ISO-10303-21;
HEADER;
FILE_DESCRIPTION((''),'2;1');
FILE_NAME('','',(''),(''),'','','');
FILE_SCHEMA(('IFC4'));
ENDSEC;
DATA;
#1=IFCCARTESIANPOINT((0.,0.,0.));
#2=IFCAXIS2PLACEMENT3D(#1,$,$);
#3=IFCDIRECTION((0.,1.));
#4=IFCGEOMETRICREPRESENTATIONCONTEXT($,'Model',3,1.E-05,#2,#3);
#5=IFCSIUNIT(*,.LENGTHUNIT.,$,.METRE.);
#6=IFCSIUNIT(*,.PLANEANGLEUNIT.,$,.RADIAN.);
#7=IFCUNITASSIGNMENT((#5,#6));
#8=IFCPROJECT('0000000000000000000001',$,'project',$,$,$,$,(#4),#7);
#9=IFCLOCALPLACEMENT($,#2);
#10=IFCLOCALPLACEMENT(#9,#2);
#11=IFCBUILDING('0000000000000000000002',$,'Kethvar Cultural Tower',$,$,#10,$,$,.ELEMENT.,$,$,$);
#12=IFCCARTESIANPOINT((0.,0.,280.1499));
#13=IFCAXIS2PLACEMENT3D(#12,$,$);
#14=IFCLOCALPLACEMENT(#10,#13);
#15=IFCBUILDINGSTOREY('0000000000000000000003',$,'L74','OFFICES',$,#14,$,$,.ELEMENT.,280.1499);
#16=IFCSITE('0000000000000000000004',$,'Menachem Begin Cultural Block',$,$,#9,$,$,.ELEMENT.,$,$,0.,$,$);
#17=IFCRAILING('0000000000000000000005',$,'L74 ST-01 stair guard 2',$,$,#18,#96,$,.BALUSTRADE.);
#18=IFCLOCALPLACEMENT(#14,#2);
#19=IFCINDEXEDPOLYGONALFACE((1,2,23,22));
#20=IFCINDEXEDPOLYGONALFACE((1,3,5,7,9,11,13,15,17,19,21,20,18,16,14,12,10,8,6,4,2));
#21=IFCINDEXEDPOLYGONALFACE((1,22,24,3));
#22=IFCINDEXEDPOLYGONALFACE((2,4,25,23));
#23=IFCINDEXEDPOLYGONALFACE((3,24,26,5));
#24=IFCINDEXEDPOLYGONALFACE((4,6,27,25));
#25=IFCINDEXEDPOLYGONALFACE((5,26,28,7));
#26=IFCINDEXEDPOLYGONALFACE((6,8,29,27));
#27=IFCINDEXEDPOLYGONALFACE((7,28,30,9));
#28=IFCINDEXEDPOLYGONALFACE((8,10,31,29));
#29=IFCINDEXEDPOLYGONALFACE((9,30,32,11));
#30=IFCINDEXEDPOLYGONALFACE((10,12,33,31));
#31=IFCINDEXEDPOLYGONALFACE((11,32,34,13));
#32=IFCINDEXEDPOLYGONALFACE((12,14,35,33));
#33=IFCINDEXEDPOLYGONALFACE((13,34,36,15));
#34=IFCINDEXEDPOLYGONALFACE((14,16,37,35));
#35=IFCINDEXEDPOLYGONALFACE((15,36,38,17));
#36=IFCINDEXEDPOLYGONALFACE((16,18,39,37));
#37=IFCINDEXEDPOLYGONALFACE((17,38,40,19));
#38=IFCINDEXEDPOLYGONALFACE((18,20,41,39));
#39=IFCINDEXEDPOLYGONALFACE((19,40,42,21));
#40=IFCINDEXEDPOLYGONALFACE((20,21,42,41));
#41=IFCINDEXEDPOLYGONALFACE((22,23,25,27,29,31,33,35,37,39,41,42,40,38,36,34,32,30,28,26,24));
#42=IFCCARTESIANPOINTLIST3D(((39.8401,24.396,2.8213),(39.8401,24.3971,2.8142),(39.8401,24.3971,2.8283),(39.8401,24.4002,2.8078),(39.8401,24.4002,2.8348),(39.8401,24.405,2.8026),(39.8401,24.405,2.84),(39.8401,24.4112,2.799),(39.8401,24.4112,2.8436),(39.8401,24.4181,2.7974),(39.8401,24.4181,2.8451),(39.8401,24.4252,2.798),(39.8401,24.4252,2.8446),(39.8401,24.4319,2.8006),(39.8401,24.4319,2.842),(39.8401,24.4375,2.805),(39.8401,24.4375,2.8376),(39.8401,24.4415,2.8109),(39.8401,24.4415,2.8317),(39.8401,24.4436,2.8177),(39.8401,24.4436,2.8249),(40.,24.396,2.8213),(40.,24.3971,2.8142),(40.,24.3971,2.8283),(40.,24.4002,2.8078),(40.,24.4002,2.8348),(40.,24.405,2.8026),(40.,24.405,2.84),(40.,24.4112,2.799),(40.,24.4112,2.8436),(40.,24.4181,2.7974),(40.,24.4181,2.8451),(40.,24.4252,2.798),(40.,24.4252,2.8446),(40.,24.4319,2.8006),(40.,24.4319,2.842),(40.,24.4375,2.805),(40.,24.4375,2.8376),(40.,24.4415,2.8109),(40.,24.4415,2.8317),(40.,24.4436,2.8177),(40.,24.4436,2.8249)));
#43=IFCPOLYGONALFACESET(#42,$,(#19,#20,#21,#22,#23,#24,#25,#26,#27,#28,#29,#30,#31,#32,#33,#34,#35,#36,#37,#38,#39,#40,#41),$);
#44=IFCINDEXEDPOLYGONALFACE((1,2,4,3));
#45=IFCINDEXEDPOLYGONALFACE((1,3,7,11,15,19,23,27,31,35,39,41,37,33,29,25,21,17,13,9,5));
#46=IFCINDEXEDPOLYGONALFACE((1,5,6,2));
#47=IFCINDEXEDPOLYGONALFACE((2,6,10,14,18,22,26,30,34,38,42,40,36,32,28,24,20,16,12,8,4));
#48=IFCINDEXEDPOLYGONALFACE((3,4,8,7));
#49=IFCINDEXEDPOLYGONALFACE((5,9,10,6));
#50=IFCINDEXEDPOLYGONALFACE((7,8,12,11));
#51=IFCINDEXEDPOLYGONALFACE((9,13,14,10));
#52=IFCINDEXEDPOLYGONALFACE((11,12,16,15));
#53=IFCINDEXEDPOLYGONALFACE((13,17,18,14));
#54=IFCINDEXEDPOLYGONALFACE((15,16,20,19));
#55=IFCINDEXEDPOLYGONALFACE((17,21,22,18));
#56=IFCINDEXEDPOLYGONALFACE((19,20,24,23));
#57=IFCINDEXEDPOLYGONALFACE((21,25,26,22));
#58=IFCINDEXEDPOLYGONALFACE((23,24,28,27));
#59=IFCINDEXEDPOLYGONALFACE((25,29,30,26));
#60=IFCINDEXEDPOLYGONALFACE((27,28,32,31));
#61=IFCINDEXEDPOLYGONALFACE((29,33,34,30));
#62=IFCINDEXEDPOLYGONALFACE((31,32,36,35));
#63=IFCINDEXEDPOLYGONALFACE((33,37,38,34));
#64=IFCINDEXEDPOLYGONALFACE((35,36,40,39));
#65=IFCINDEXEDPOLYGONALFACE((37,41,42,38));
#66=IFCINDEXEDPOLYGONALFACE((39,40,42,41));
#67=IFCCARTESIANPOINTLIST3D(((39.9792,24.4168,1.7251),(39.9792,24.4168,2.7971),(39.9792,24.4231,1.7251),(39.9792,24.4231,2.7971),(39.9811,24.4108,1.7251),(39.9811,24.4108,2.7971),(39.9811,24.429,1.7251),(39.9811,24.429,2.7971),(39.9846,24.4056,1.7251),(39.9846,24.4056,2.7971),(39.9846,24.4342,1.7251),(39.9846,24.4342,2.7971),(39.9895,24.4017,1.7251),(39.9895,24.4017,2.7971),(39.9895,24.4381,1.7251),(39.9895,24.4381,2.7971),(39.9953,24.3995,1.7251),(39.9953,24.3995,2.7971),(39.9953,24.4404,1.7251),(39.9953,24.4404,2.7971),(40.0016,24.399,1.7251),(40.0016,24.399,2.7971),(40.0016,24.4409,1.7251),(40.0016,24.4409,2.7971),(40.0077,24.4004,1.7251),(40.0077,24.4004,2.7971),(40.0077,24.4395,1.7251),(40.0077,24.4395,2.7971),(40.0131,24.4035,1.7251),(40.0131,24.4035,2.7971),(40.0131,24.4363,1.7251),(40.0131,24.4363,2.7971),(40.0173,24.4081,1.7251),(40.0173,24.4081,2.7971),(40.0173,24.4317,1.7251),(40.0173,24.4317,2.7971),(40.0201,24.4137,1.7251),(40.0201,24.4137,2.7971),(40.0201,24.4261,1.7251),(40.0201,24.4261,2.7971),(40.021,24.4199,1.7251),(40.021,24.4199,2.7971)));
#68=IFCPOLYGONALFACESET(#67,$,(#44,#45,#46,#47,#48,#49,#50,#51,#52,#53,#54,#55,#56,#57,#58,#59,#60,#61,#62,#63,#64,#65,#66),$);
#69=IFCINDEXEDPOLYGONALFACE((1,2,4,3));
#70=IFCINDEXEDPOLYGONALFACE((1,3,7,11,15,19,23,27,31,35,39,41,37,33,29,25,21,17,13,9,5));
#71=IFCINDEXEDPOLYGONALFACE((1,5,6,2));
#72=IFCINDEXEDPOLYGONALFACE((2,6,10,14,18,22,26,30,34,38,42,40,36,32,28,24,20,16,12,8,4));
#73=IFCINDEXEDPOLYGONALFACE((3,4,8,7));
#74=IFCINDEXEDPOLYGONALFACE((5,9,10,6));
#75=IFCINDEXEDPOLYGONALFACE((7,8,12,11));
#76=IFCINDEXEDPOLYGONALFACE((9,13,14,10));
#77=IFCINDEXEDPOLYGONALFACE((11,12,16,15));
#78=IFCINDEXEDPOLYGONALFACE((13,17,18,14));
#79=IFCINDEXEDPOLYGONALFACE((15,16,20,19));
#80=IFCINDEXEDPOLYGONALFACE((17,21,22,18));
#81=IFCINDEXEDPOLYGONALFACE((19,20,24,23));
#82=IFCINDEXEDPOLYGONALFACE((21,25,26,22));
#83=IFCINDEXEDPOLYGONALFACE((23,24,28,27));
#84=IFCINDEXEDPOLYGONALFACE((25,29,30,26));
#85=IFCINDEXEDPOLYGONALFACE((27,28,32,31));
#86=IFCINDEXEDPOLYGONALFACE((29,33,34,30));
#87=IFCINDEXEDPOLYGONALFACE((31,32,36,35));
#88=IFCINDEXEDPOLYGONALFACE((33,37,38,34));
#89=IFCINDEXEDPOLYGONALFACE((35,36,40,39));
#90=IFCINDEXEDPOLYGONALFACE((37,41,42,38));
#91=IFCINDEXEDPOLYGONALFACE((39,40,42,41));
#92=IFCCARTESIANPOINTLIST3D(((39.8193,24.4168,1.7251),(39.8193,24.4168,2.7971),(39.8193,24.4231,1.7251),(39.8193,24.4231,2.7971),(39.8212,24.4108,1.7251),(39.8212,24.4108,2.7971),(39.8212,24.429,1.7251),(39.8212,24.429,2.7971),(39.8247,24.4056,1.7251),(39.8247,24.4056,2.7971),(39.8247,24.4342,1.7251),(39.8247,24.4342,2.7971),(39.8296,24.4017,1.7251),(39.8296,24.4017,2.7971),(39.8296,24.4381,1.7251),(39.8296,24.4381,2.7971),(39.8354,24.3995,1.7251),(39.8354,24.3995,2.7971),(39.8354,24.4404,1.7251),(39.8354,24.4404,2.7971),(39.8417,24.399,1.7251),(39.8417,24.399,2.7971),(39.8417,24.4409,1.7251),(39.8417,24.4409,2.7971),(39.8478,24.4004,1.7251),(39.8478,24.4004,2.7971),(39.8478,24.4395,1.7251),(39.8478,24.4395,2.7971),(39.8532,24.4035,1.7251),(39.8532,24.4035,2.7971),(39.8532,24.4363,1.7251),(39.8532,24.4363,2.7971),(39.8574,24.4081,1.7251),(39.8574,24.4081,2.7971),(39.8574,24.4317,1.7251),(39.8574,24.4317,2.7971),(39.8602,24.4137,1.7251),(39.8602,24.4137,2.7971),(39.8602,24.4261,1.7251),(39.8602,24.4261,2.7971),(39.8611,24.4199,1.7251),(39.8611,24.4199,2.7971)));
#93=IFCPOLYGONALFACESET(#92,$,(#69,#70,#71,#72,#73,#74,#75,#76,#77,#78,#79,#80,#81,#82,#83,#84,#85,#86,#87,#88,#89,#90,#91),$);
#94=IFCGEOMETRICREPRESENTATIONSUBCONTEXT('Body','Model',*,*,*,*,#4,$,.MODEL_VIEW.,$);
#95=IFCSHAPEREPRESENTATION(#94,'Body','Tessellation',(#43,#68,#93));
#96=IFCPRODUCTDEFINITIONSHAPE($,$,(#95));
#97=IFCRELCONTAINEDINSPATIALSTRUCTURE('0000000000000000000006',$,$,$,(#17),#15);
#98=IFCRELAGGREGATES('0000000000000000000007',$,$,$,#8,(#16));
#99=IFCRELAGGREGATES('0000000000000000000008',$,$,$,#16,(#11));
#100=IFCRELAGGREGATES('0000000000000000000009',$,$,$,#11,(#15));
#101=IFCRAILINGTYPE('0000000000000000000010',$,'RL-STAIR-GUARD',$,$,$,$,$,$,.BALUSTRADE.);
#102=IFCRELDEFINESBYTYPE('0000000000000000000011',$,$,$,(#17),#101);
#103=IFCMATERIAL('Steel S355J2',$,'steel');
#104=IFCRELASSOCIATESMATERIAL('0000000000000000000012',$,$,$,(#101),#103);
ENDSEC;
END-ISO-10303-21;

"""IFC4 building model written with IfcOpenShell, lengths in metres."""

from ifc_helpers import new_model, si_unit, direction, frame, origin, origin_2d, place, context, subcontext, project, spatial, circle, extrude, material, type_object, element, save


model = new_model("IFC4")

# Units and contexts
model_context = context("Model", 3, precision=1e-05, world=origin(), true_north=direction((0.0, 1.0)))
body_context = subcontext(model_context, "Body", "Model", "MODEL_VIEW")
ifc_project = project(units=[si_unit("LENGTHUNIT", "METRE"), si_unit("PLANEANGLEUNIT", "RADIAN")], contexts=[model_context])

# Site, building, storey
site_placement = place(None, origin())
site = spatial("IfcSite", under=ifc_project, at=site_placement, Name="Menachem Begin Cultural Block", CompositionType="ELEMENT", RefElevation=0.0)
building_placement = place(site_placement, origin())
building = spatial("IfcBuilding", under=site, at=building_placement, Name="Kethvar Cultural Tower", CompositionType="ELEMENT")
storey_placement = place(building_placement, frame((0.0, 0.0, 280.1499)))
storey = spatial("IfcBuildingStorey", under=building, at=storey_placement, Name="L74", Description="OFFICES", CompositionType="ELEMENT", Elevation=280.1499)

# Shared definitions
ifc_material_1 = material(Name="Steel S355J2", Category="steel")

# Railing
railing_type_1 = type_object("IfcRailingType", Name="RL-STAIR-GUARD", PredefinedType="BALUSTRADE", material=ifc_material_1)
railing_1_placement = place(storey_placement, frame((40.0, 24.4199, 1.7251)))
element("IfcRailing", 1, at=railing_1_placement, inside=storey, type_object=railing_type_1, Name="L74 ST-01 stair guard 2", PredefinedType="BALUSTRADE", context=body_context, shape_type="SweptSolid", body=[
    extrude(circle(Radius=0.0239, at=origin_2d()), frame((0.0, 0.0, 1.0962), z_axis=(-1.0, 0.0, 0.0), x_axis=(0.0, -1.0, 0.0)), (0.0, 0.0, 1.0), 0.1599),
    extrude(circle(Radius=0.021, at=origin_2d()), origin(), (0.0, 0.0, 1.0), 1.072),
    extrude(circle(Radius=0.021, at=origin_2d()), frame((-0.1599, 0.0, 0.0)), (0.0, 0.0, 1.0), 1.072),
])

save(model, "model.ifc")
